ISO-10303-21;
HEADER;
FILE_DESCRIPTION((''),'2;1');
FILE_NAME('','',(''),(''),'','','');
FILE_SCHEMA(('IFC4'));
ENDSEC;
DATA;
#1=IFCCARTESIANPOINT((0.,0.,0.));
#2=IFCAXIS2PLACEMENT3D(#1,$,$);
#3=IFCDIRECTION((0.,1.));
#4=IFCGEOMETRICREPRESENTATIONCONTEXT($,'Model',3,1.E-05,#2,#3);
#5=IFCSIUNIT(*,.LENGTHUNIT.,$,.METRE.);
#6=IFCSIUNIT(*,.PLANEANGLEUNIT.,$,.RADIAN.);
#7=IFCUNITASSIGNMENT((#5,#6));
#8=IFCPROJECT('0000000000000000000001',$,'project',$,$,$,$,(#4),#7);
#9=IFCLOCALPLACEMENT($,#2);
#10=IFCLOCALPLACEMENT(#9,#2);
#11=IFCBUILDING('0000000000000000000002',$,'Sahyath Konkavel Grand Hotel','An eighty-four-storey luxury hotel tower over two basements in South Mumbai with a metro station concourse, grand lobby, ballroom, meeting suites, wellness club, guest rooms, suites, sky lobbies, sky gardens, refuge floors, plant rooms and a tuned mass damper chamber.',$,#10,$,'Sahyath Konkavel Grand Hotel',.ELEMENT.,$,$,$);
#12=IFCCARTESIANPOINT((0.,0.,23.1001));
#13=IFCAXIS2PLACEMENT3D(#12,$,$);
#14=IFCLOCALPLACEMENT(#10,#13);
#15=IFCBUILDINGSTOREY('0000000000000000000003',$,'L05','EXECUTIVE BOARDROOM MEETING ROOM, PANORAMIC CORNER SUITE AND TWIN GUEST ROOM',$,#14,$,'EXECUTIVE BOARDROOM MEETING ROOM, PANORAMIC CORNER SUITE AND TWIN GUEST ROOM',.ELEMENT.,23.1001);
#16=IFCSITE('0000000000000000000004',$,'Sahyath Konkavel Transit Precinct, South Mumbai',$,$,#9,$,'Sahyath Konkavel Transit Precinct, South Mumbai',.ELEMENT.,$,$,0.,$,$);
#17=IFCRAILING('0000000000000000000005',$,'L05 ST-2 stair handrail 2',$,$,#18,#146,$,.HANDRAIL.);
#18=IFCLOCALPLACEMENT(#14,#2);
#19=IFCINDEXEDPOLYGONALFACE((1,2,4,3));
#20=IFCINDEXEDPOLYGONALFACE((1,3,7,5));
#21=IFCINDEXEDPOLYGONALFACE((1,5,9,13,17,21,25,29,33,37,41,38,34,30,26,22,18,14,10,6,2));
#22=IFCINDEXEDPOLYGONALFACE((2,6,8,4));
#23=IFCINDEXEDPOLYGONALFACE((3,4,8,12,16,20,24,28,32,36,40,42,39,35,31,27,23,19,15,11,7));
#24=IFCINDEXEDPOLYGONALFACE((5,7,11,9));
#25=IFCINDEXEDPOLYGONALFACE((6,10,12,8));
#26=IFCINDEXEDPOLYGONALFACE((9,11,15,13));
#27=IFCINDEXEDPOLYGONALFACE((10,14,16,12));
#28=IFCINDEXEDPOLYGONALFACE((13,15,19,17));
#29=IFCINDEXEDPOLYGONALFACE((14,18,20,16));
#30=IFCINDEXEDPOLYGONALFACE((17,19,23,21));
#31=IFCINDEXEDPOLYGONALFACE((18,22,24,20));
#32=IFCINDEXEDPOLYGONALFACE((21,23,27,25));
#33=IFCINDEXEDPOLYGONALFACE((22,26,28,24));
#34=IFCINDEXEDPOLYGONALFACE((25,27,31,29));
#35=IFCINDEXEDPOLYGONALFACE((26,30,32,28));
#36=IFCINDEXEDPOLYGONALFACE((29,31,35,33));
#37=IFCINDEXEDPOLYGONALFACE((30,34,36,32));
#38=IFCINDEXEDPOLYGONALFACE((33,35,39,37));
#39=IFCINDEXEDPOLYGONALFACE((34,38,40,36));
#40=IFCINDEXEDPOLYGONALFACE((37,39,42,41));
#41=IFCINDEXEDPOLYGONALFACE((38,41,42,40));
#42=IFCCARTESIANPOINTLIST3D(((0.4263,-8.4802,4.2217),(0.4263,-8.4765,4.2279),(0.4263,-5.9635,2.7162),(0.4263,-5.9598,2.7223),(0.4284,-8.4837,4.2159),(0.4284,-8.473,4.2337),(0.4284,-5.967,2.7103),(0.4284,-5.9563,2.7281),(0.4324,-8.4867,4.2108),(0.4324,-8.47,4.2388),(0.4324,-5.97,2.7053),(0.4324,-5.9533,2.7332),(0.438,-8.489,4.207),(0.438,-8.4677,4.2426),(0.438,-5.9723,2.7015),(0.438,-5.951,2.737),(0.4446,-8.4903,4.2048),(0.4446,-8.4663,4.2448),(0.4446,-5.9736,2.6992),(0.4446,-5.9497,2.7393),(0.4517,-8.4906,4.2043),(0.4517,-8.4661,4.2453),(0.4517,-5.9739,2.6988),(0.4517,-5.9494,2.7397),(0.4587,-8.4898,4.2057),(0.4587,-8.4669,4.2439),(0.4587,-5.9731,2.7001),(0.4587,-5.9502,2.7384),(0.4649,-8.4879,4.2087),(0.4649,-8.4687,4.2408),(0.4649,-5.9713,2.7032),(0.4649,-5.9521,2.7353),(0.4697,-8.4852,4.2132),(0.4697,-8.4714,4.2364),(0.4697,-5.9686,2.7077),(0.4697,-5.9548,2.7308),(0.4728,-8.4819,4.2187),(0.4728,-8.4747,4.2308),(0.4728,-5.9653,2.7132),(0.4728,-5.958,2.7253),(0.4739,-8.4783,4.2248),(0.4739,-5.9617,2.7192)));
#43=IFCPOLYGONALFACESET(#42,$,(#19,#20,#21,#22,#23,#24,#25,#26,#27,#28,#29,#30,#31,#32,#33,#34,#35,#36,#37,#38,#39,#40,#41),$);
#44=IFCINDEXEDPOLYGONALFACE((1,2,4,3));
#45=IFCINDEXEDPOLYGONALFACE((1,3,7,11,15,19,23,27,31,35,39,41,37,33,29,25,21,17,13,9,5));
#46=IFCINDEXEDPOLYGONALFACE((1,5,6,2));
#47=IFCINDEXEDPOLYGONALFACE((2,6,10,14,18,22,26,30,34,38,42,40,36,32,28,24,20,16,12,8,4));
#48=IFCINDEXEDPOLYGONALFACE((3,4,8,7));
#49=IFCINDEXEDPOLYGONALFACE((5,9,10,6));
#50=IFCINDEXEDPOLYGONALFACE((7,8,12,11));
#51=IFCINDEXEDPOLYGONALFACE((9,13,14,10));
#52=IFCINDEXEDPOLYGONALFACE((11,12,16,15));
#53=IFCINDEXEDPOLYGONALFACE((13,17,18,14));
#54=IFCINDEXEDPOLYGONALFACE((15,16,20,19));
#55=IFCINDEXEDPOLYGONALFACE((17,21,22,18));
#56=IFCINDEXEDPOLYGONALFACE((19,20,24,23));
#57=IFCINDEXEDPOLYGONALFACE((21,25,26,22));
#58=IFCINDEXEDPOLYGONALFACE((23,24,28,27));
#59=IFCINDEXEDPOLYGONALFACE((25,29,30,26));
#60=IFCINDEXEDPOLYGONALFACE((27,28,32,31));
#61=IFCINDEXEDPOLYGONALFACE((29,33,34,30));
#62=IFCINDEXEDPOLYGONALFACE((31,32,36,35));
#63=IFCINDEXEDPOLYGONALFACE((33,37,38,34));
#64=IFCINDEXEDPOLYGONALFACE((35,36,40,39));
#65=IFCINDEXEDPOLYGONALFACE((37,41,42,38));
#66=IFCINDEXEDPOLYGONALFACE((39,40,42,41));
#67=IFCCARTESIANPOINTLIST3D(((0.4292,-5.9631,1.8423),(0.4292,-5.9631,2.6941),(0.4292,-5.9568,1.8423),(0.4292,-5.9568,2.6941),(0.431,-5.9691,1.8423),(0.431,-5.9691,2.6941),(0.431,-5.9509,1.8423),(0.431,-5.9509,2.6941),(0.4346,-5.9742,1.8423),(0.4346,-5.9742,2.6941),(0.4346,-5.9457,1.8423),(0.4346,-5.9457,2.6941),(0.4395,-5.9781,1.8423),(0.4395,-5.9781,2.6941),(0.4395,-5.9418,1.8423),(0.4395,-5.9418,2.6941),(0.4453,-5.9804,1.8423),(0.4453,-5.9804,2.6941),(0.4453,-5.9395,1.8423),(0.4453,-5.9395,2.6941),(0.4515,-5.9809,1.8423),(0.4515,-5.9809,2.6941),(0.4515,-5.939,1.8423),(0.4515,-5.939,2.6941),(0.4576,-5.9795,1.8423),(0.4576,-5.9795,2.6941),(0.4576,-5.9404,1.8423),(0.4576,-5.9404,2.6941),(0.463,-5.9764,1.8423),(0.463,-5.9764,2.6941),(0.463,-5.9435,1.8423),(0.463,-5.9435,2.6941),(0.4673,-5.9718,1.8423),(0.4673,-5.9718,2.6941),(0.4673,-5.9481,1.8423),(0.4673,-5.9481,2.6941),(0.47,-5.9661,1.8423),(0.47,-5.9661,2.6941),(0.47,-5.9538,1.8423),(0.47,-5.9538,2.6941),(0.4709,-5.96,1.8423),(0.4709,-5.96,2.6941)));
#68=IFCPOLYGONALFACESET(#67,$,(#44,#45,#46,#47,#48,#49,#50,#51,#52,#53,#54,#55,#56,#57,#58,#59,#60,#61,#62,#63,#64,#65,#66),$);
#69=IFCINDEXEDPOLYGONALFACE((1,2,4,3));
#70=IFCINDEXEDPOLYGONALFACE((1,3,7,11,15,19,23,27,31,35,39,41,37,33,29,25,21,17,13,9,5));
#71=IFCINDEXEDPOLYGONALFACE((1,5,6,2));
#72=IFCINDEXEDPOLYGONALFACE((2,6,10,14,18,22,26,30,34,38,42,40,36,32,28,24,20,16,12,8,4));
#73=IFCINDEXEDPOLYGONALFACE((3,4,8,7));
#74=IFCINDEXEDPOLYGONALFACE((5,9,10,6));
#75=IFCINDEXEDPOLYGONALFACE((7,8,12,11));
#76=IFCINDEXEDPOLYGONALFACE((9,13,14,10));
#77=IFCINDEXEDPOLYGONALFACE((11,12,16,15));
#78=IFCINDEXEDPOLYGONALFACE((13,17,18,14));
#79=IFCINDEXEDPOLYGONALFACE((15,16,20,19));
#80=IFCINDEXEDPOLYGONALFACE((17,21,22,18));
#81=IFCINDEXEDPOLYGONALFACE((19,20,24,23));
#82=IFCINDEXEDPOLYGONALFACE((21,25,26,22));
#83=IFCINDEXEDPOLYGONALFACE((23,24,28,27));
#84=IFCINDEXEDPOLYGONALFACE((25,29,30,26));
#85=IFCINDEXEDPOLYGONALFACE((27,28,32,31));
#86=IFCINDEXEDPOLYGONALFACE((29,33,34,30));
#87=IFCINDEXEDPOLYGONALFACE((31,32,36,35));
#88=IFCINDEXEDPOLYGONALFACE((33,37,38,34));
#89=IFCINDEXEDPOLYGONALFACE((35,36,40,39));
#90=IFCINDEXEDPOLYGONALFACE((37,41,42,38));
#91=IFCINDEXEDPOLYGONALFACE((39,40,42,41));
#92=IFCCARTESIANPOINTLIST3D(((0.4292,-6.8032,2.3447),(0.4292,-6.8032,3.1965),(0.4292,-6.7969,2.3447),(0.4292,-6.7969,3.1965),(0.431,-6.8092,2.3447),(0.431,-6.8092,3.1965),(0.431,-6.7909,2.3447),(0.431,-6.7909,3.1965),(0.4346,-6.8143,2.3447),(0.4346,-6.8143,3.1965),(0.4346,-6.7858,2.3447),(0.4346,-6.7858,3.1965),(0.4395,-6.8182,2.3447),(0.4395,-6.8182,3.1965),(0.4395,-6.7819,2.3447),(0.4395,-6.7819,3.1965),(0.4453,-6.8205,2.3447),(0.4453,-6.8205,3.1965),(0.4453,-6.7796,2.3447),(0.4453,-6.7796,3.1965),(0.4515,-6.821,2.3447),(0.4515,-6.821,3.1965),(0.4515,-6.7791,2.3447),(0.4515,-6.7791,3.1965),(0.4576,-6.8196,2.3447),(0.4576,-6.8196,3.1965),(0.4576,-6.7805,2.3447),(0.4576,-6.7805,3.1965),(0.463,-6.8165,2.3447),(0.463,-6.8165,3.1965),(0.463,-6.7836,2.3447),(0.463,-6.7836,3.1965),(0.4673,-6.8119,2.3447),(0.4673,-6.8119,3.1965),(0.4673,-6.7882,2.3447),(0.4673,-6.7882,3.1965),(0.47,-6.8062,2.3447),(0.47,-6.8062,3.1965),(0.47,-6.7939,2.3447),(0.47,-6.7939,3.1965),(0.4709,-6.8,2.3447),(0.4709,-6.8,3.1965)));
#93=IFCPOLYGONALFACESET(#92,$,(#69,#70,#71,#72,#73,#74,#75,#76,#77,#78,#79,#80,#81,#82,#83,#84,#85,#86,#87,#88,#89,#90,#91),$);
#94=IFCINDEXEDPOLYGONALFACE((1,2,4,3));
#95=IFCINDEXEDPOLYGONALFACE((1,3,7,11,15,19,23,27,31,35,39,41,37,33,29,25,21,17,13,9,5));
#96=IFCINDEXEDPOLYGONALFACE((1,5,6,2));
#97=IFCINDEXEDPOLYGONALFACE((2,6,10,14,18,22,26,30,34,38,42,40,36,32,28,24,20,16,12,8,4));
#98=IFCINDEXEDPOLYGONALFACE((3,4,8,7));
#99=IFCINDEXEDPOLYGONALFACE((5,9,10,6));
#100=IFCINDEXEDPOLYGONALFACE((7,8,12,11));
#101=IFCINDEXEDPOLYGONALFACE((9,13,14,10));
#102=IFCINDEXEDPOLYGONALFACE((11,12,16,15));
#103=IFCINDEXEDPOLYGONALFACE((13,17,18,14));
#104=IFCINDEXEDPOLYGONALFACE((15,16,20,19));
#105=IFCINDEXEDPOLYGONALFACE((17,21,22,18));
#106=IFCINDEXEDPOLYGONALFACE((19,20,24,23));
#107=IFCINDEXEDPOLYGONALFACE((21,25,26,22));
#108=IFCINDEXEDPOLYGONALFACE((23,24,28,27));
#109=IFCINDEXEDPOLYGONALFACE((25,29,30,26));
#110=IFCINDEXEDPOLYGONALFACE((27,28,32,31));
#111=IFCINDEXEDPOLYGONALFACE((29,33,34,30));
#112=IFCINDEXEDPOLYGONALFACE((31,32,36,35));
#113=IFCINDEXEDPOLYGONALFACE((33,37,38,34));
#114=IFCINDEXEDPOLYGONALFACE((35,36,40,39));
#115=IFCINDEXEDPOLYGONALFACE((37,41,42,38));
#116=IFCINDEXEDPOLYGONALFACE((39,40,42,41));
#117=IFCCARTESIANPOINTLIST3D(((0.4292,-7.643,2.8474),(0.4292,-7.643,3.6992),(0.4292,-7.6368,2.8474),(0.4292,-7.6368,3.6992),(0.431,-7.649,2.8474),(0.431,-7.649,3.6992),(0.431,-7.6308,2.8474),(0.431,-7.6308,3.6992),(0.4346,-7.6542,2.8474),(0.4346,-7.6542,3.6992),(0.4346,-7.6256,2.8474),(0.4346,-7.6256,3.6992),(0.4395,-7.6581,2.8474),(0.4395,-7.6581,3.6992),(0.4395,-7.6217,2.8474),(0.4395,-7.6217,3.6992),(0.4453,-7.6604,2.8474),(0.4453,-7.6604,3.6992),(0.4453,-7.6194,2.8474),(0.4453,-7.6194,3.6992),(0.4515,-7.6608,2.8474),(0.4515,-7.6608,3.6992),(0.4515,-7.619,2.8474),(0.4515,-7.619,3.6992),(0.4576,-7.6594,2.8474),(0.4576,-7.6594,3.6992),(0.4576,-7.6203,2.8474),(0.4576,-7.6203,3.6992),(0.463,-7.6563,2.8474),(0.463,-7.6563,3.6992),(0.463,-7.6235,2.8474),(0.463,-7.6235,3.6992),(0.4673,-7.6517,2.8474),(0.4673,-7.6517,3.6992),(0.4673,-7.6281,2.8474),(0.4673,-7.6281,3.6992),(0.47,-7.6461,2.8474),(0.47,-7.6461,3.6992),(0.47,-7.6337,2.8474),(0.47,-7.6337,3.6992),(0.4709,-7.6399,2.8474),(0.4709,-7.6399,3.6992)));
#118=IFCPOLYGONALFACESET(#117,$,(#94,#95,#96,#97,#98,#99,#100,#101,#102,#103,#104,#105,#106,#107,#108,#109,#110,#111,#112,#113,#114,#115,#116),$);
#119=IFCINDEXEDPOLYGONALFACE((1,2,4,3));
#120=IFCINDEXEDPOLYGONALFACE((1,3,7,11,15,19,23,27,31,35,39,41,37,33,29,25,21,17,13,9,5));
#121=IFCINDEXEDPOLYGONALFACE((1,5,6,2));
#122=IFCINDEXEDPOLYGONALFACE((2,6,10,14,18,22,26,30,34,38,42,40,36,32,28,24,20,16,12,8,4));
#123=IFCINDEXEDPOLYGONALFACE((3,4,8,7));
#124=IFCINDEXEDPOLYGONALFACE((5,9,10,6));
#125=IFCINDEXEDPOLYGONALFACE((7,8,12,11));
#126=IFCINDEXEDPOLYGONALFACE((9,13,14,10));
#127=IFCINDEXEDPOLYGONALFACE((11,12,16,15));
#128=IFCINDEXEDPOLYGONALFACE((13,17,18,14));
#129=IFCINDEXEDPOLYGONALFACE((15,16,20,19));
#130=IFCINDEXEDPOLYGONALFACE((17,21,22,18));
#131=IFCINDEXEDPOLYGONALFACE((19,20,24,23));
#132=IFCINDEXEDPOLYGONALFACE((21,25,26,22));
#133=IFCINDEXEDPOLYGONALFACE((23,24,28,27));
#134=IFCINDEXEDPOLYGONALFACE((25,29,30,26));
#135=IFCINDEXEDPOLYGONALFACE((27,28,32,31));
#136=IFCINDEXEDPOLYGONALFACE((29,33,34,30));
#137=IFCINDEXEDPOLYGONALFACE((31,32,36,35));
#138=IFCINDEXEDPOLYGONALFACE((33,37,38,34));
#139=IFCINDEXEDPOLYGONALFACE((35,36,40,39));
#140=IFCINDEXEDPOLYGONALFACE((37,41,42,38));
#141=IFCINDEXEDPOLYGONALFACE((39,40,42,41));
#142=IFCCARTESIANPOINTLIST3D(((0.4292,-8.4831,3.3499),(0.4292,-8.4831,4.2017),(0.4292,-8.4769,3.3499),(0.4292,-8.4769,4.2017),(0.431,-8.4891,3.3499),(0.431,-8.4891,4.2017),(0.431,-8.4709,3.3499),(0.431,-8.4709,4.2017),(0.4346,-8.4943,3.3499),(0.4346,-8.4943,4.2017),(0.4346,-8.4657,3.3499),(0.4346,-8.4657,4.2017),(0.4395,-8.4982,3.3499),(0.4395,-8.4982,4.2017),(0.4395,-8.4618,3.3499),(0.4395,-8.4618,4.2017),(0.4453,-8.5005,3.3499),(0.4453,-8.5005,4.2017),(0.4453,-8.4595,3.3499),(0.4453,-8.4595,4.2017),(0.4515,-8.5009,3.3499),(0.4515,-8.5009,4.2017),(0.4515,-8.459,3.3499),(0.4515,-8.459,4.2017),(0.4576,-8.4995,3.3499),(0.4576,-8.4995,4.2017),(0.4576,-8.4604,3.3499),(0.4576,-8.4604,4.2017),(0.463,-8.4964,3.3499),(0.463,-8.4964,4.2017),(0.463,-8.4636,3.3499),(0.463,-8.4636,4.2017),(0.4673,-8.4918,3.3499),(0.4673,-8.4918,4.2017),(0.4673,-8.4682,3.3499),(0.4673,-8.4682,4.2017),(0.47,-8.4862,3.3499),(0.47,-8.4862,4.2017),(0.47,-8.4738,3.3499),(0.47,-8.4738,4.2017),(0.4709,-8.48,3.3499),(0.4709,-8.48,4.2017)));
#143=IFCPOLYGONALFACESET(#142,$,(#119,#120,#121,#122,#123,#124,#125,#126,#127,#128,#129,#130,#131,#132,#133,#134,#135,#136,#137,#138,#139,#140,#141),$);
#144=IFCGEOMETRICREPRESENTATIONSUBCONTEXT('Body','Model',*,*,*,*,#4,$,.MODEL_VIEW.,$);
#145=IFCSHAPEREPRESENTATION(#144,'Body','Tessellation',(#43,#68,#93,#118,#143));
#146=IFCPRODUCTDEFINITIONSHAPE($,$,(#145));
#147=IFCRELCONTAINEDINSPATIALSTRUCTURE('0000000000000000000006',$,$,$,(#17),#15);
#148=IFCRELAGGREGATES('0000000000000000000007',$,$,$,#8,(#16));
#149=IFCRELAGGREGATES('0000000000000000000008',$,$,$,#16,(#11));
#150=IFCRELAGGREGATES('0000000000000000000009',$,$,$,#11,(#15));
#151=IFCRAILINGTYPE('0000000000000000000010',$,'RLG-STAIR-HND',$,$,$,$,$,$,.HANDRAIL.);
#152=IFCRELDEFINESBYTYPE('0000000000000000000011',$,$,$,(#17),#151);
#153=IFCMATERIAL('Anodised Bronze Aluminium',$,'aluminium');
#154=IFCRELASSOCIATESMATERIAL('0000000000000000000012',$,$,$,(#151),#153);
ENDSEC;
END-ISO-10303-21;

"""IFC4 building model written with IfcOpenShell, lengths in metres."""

from ifc_helpers import new_model, si_unit, direction, frame, origin, origin_2d, place, context, subcontext, project, spatial, circle, extrude, material, type_object, element, save


model = new_model("IFC4")

# Units and contexts
model_context = context("Model", 3, precision=1e-05, world=origin(), true_north=direction((0.0, 1.0)))
body_context = subcontext(model_context, "Body", "Model", "MODEL_VIEW")
ifc_project = project(units=[si_unit("LENGTHUNIT", "METRE"), si_unit("PLANEANGLEUNIT", "RADIAN")], contexts=[model_context])

# Site, building, storey
site_placement = place(None, origin())
site = spatial("IfcSite", under=ifc_project, at=site_placement, Name="Sahyath Konkavel Transit Precinct, South Mumbai", LongName="Sahyath Konkavel Transit Precinct, South Mumbai", CompositionType="ELEMENT", RefElevation=0.0)
building_placement = place(site_placement, origin())
building = spatial("IfcBuilding", under=site, at=building_placement, Name="Sahyath Konkavel Grand Hotel", Description="An eighty-four-storey luxury hotel tower over two basements in South Mumbai with a metro station concourse, grand lobby, ballroom, meeting suites, wellness club, guest rooms, suites, sky lobbies, sky gardens, refuge floors, plant rooms and a tuned mass damper chamber.", LongName="Sahyath Konkavel Grand Hotel", CompositionType="ELEMENT")
storey_placement = place(building_placement, frame((0.0, 0.0, 23.1001)))
storey = spatial("IfcBuildingStorey", under=building, at=storey_placement, Name="L05", Description="EXECUTIVE BOARDROOM MEETING ROOM, PANORAMIC CORNER SUITE AND TWIN GUEST ROOM", LongName="EXECUTIVE BOARDROOM MEETING ROOM, PANORAMIC CORNER SUITE AND TWIN GUEST ROOM", CompositionType="ELEMENT", Elevation=23.1001)

# Railing
ifc_material_1 = material(Name="Anodised Bronze Aluminium", Category="aluminium")
railing_type_1 = type_object("IfcRailingType", Name="RLG-STAIR-HND", PredefinedType="HANDRAIL", material=ifc_material_1)
railing_1_placement = place(storey_placement, frame((0.45, -5.96, 1.8423)))
element("IfcRailing", 1, at=railing_1_placement, inside=storey, type_object=railing_type_1, Name="L05 ST-2 stair handrail 2", PredefinedType="HANDRAIL", context=body_context, shape_type="SweptSolid", body=[
    extrude(circle(Radius=0.0239, at=origin_2d()), frame((0.0, -0.0017, 0.877), z_axis=(0.0, -0.85816, 0.513383), x_axis=(1.0, 0.0, 0.0)), (0.0, 0.0, 1.0), 2.9326),
    extrude(circle(Radius=0.021, at=origin_2d()), origin(), (0.0, 0.0, 1.0), 0.8518),
    extrude(circle(Radius=0.021, at=origin_2d()), frame((0.0, -0.8401, 0.5024)), (0.0, 0.0, 1.0), 0.8518),
    extrude(circle(Radius=0.021, at=origin_2d()), frame((0.0, -1.6799, 1.0051)), (0.0, 0.0, 1.0), 0.8518),
    extrude(circle(Radius=0.021, at=origin_2d()), frame((0.0, -2.52, 1.5076)), (0.0, 0.0, 1.0), 0.8518),
])

save(model, "model.ifc")
